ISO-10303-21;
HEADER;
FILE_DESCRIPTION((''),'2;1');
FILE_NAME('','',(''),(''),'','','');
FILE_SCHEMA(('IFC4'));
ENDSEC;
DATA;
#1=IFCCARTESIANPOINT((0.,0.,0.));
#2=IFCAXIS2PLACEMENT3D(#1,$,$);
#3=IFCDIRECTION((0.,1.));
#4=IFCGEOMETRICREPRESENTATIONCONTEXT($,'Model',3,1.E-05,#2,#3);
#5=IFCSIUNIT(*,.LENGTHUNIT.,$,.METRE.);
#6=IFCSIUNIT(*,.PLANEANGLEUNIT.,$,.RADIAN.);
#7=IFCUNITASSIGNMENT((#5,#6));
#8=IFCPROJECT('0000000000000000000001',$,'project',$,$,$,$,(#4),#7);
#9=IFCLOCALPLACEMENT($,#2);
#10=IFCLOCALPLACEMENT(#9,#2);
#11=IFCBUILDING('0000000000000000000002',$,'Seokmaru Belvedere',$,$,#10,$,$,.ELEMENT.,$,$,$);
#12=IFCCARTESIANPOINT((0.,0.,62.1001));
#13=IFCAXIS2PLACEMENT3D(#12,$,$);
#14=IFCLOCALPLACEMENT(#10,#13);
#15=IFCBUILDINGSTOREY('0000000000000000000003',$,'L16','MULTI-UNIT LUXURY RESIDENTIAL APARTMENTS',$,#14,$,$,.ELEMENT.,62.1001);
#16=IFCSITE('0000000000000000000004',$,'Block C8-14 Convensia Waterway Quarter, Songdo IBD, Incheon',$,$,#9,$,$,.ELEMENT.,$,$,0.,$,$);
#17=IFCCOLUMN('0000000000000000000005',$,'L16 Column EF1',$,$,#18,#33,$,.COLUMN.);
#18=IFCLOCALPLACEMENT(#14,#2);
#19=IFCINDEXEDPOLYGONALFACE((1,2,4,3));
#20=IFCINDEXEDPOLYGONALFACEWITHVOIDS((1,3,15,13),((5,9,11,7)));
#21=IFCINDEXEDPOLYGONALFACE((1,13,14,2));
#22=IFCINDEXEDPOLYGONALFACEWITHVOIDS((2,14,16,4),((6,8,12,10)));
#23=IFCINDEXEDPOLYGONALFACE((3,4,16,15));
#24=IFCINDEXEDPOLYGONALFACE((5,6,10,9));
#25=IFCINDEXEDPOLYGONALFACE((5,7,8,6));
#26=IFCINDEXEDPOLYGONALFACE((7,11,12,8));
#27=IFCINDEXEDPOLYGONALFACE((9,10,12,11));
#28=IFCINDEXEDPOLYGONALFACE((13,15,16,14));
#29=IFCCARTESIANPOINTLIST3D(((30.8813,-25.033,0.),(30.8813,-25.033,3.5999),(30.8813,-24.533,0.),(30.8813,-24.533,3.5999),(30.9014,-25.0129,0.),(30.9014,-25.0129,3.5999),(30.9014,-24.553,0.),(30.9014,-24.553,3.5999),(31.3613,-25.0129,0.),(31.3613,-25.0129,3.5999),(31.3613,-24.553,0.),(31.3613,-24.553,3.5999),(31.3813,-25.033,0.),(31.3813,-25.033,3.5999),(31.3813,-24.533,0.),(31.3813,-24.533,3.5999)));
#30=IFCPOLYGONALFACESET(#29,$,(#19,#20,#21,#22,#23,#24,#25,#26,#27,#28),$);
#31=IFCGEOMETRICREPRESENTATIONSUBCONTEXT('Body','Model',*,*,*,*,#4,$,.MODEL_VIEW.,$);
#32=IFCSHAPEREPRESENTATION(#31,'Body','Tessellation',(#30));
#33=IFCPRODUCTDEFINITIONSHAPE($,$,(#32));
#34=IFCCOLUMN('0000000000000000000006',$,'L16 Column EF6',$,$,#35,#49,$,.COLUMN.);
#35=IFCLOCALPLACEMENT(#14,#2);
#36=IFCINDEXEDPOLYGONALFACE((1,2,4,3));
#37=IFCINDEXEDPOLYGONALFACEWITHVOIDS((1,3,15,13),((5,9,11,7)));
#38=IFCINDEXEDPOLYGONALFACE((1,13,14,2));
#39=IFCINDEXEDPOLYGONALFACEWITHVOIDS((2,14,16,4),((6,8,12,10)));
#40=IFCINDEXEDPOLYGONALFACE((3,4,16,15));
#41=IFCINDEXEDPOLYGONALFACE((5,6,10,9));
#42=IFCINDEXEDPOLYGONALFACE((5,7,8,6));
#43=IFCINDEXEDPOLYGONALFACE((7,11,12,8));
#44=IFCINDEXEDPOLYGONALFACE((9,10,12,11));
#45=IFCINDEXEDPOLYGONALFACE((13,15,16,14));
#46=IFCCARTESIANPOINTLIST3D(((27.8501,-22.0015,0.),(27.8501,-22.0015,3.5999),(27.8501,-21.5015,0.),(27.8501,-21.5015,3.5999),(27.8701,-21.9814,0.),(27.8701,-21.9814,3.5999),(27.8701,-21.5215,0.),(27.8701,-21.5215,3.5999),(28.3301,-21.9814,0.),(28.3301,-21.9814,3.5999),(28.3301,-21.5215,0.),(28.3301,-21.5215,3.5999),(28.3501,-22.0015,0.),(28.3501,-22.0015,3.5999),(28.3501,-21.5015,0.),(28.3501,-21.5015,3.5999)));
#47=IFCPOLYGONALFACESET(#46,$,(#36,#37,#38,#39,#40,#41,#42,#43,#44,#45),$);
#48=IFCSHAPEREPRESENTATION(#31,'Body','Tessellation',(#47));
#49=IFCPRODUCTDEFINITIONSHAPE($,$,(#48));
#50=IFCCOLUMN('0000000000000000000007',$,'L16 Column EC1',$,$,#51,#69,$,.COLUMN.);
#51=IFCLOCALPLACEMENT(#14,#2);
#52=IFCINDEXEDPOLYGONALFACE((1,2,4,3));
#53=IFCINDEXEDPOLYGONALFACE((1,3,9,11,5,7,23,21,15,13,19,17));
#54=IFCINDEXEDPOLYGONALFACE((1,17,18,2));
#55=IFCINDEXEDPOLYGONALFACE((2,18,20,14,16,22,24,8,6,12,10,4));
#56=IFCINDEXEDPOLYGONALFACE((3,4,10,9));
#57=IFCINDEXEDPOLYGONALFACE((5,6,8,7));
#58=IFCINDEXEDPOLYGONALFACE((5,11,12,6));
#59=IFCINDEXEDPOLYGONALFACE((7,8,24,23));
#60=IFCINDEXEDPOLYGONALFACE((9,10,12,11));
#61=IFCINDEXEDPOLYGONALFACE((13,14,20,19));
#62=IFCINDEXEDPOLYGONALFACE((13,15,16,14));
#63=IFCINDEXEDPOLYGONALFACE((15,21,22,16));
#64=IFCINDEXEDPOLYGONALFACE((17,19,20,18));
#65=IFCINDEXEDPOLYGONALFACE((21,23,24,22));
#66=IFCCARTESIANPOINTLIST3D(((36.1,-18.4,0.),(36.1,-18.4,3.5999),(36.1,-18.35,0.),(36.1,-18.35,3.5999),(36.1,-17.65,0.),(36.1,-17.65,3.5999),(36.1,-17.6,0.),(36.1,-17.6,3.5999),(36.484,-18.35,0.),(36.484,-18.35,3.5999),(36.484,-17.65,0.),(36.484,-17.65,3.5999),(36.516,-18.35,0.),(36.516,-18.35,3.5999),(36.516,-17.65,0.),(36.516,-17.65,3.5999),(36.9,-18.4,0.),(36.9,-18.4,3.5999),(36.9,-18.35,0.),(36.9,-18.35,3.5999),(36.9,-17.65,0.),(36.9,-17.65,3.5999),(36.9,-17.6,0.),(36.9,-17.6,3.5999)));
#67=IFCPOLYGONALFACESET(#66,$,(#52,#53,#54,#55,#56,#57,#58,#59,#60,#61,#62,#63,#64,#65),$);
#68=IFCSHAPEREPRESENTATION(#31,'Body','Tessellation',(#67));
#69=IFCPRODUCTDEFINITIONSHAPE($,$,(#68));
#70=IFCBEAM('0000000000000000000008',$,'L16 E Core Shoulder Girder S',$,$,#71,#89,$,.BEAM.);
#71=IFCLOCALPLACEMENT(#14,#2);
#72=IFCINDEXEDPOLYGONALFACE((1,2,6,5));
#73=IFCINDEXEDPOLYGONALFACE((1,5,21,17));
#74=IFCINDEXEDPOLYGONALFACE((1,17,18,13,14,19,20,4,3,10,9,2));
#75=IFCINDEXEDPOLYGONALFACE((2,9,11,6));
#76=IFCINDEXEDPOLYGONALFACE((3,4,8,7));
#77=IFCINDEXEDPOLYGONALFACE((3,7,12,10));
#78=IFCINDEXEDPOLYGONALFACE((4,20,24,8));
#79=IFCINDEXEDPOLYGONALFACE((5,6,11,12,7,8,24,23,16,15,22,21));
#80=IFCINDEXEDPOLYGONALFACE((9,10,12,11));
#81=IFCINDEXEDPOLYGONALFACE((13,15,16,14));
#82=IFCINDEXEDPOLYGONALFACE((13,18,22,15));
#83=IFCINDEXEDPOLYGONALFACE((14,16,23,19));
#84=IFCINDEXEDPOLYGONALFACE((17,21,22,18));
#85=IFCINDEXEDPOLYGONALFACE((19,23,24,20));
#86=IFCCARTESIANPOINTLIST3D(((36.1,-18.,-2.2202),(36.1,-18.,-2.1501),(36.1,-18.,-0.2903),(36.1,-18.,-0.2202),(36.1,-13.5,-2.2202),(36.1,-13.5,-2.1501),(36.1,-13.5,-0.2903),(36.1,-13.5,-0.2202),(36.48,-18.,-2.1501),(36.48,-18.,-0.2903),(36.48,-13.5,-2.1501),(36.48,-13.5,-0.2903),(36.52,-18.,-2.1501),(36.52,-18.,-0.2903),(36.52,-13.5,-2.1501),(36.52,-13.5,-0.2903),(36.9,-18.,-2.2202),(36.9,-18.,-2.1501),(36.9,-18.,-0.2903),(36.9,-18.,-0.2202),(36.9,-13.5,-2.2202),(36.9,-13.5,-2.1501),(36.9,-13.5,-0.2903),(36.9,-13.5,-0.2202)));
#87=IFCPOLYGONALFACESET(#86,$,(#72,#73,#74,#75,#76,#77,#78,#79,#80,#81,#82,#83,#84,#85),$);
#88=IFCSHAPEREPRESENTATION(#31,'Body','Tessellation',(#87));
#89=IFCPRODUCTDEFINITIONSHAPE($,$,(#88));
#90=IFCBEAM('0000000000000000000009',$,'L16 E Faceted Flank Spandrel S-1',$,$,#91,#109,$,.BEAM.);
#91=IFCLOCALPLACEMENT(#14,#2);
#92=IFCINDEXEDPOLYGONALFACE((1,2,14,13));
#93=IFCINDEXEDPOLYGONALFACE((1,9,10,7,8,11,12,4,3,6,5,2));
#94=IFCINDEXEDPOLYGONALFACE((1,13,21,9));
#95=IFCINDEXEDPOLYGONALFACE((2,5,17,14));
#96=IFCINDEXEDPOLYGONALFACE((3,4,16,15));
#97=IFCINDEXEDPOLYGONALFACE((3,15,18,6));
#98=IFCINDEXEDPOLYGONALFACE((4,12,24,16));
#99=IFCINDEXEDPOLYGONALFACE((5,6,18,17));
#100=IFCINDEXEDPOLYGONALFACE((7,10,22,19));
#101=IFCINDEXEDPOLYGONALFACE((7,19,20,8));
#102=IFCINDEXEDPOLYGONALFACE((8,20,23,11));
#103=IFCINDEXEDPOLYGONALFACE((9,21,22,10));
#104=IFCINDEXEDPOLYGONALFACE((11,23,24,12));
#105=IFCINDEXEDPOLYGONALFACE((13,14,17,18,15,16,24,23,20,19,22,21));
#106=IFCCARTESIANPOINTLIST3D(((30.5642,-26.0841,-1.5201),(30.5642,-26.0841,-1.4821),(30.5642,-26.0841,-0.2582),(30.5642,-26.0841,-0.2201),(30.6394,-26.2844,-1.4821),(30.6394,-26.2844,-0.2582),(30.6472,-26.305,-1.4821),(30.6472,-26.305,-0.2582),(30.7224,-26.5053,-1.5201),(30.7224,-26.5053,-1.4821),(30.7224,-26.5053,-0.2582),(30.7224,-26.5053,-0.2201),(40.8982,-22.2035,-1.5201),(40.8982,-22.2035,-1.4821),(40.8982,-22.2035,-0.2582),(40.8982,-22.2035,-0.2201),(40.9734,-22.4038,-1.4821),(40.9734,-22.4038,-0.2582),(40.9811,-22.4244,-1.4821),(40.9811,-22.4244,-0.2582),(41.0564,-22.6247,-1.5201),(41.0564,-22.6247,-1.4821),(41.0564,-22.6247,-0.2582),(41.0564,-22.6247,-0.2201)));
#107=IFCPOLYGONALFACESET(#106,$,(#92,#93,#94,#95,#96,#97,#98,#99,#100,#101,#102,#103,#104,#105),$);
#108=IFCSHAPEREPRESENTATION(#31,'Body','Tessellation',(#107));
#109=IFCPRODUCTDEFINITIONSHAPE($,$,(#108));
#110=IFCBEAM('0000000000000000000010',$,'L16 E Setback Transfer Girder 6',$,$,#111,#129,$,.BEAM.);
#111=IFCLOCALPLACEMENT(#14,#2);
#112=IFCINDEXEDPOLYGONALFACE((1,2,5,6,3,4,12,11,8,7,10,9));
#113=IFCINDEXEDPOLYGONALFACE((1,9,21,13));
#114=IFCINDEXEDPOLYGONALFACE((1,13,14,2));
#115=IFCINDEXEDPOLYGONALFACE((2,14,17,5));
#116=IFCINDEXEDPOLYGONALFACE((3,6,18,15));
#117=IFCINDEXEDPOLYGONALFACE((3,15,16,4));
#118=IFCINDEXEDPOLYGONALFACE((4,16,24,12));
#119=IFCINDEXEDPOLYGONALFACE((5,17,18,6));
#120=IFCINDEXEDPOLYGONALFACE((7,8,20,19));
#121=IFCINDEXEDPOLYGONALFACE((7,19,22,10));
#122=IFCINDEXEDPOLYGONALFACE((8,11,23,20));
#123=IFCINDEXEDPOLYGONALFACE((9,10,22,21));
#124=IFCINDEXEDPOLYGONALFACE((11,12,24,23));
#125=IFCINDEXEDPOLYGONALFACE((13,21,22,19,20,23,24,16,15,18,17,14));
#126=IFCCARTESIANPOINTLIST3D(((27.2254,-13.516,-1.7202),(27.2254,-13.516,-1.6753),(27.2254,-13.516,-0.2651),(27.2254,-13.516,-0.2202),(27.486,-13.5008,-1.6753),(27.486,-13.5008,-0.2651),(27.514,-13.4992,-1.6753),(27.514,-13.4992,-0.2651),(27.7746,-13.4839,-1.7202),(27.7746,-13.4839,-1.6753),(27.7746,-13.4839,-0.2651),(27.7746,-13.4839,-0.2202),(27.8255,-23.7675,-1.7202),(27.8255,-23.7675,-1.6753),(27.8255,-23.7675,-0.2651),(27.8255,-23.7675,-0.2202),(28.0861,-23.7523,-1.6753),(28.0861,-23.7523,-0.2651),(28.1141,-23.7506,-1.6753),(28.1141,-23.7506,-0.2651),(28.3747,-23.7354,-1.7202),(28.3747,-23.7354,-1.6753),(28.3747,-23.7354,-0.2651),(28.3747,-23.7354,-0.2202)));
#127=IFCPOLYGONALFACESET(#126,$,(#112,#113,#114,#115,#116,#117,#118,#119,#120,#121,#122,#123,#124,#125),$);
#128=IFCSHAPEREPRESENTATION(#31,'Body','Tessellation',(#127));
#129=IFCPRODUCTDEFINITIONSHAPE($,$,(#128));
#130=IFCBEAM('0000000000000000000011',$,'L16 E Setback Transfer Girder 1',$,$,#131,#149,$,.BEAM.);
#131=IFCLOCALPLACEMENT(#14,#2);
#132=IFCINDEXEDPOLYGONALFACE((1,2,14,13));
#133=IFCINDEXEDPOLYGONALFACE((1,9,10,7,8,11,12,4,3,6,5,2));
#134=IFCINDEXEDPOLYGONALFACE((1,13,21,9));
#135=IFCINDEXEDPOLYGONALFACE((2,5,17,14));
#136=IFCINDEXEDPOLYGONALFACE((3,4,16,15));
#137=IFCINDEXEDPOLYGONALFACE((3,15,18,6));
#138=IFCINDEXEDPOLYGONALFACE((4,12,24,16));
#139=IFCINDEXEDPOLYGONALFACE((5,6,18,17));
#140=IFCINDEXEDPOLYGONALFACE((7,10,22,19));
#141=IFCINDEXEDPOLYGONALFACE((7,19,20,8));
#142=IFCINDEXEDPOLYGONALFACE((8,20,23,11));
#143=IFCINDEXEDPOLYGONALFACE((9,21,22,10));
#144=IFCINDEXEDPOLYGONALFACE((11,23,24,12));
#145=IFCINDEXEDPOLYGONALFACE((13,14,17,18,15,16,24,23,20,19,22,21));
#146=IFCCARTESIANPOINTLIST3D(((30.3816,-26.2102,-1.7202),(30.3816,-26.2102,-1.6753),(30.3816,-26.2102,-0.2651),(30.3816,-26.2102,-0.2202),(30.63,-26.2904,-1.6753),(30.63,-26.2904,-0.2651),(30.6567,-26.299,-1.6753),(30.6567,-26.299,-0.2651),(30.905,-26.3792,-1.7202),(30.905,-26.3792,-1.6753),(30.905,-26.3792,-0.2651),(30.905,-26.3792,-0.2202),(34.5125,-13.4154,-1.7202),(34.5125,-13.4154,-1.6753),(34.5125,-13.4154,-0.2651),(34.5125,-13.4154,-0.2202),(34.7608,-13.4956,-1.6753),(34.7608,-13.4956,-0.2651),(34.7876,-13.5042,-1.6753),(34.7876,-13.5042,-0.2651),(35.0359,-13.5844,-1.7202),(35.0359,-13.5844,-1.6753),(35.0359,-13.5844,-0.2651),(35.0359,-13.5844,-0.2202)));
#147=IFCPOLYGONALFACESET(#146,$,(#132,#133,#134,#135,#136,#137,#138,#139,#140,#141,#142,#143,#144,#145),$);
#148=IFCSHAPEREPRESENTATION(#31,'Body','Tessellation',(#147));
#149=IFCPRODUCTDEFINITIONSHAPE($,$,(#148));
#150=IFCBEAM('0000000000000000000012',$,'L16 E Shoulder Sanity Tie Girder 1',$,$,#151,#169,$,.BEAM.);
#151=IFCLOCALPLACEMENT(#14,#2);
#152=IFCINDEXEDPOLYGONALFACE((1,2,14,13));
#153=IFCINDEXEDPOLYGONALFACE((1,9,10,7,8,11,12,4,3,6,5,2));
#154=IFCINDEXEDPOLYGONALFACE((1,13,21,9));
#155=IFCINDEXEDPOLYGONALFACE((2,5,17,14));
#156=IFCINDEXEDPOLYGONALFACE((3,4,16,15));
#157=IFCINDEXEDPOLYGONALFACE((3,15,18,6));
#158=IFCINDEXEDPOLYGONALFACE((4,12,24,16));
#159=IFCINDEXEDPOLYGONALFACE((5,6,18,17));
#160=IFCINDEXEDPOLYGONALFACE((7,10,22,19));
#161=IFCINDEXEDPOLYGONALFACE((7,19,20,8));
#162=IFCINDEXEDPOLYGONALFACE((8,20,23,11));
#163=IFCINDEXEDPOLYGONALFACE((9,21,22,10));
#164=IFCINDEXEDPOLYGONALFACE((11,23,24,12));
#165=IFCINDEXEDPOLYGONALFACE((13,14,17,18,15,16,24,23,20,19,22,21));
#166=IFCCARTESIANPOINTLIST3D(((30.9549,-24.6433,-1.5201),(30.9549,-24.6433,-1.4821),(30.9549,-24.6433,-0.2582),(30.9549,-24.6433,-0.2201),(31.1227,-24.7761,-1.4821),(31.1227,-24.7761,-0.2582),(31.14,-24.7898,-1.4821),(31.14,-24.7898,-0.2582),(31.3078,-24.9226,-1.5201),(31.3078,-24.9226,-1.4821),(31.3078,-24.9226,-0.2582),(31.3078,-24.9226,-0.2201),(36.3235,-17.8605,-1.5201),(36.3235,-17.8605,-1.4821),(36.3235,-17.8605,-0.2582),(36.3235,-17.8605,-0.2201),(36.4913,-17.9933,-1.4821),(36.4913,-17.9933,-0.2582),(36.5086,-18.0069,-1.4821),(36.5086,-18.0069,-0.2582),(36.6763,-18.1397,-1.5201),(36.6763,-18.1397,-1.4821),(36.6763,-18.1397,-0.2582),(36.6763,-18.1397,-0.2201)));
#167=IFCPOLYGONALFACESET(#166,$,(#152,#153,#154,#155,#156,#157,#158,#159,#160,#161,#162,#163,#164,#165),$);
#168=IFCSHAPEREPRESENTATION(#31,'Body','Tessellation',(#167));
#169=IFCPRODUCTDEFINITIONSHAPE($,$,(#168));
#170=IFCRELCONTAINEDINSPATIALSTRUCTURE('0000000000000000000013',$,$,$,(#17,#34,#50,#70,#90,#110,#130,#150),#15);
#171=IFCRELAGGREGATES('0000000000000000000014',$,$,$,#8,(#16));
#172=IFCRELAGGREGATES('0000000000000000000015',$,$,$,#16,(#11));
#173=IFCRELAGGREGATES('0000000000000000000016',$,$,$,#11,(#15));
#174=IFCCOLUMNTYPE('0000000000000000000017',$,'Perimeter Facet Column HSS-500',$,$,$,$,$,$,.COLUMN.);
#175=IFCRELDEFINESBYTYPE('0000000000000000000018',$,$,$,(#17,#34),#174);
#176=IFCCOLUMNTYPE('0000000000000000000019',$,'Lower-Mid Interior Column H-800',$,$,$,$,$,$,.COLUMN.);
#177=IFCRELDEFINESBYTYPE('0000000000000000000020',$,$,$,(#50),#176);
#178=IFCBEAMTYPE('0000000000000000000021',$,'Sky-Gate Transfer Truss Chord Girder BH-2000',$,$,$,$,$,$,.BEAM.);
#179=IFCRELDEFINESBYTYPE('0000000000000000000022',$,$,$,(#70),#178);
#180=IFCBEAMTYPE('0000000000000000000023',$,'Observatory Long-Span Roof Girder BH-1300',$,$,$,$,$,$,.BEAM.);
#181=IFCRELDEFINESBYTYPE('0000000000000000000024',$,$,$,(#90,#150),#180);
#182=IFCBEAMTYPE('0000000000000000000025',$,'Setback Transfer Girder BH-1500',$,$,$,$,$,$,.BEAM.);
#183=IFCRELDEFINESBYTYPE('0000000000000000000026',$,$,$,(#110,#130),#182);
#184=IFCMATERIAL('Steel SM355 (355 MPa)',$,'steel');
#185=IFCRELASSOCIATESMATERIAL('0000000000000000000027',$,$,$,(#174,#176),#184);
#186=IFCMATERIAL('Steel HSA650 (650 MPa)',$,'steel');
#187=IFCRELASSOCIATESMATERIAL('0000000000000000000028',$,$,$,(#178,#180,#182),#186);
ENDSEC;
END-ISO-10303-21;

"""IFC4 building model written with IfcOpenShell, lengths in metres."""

from ifc_helpers import new_model, si_unit, direction, frame, origin, origin_2d, place, context, subcontext, project, spatial, hollow_rectangle, i_section, extrude, source, transform, mapped, material, material_profile, profile_set, type_object, type_shapes, element, save


model = new_model("IFC4")

# Units and contexts
model_context = context("Model", 3, precision=1e-05, world=origin(), true_north=direction((0.0, 1.0)))
body_context = subcontext(model_context, "Body", "Model", "MODEL_VIEW")
ifc_project = project(units=[si_unit("LENGTHUNIT", "METRE"), si_unit("PLANEANGLEUNIT", "RADIAN")], contexts=[model_context])

# Site, building, storey
site_placement = place(None, origin())
site = spatial("IfcSite", under=ifc_project, at=site_placement, Name="Block C8-14 Convensia Waterway Quarter, Songdo IBD, Incheon", CompositionType="ELEMENT", RefElevation=0.0)
building_placement = place(site_placement, origin())
building = spatial("IfcBuilding", under=site, at=building_placement, Name="Seokmaru Belvedere", CompositionType="ELEMENT")
storey_placement = place(building_placement, frame((0.0, 0.0, 62.1001)))
storey = spatial("IfcBuildingStorey", under=building, at=storey_placement, Name="L16", Description="MULTI-UNIT LUXURY RESIDENTIAL APARTMENTS", CompositionType="ELEMENT", Elevation=62.1001)

# Columns
ifc_material_1 = material(Name="Steel SM355 (355 MPa)", Category="steel")
ifc_material_profile_1 = material_profile(ifc_material_1, hollow_rectangle(XDim=0.5, YDim=0.5, WallThickness=0.02, at=origin_2d()), Name="HSS-500x500x20")
ifc_profile_set_1 = profile_set([ifc_material_profile_1], Name="Steel SM355 (355 MPa)")
column_type_1 = type_object("IfcColumnType", Name="Perimeter Facet Column HSS-500", PredefinedType="COLUMN", material=ifc_profile_set_1)
shared_shape_1 = source(origin(), body_context, "Body", "SweptSolid", [
    extrude(hollow_rectangle(XDim=0.5, YDim=0.5, WallThickness=0.02, at=origin_2d()), origin(), (0.0, 0.0, 1.0), 3.5999),
])
type_shapes(column_type_1, [shared_shape_1])
for number, where, z_axis, x_axis, name in (
    (1, (31.1313, -24.783, 0.0), (0.0, 0.0, 1.0), (1.0, 0.0, 0.0), "L16 Column EF1"),
    (2, (28.1001, -21.7515, 0.0), (0.0, 0.0, 1.0), (1.0, 0.0, 0.0), "L16 Column EF6"),
):
    element("IfcColumn", number, at=place(storey_placement, frame(where, z_axis=z_axis, x_axis=x_axis)), inside=storey, type_object=column_type_1, Name=name, PredefinedType="COLUMN", context=body_context, shape_type="MappedRepresentation", body=[
        mapped(shared_shape_1, transform((0.0, 0.0, 0.0), scale=1.0)),
    ])
ifc_material_profile_2 = material_profile(ifc_material_1, i_section(OverallWidth=0.8, OverallDepth=0.8, WebThickness=0.032, FlangeThickness=0.05, at=origin_2d()), Name="H-800x800x32x50")
ifc_profile_set_2 = profile_set([ifc_material_profile_2], Name="Steel SM355 (355 MPa)")
column_type_2 = type_object("IfcColumnType", Name="Lower-Mid Interior Column H-800", PredefinedType="COLUMN", material=ifc_profile_set_2)
shared_shape_2 = source(origin(), body_context, "Body", "SweptSolid", [
    extrude(i_section(OverallWidth=0.8, OverallDepth=0.8, WebThickness=0.032, FlangeThickness=0.05, at=origin_2d()), origin(), (0.0, 0.0, 1.0), 3.5999),
])
type_shapes(column_type_2, [shared_shape_2])
column_placement = place(storey_placement, frame((36.5, -18.0, 0.0), z_axis=(0.0, 0.0, 1.0), x_axis=(1.0, 0.0, 0.0)))
element("IfcColumn", 3, at=column_placement, inside=storey, type_object=column_type_2, Name="L16 Column EC1", PredefinedType="COLUMN", context=body_context, shape_type="MappedRepresentation", body=[
    mapped(shared_shape_2, transform((0.0, 0.0, 0.0), scale=1.0)),
])

# Beams
ifc_material_2 = material(Name="Steel HSA650 (650 MPa)", Category="steel")
ifc_material_profile_3 = material_profile(ifc_material_2, i_section(OverallWidth=0.8, OverallDepth=2.0, WebThickness=0.04, FlangeThickness=0.0701, at=origin_2d()), Name="BH-2000x800x40x70")
ifc_profile_set_3 = profile_set([ifc_material_profile_3], Name="Steel HSA650 (650 MPa)")
beam_type_1 = type_object("IfcBeamType", Name="Sky-Gate Transfer Truss Chord Girder BH-2000", PredefinedType="BEAM", material=ifc_profile_set_3)
shared_shape_3 = source(origin(), body_context, "Body", "SweptSolid", [
    extrude(i_section(OverallWidth=0.8, OverallDepth=2.0, WebThickness=0.04, FlangeThickness=0.0701, at=origin_2d()), origin(), (0.0, 0.0, 1.0), 4.5),
])
type_shapes(beam_type_1, [shared_shape_3])
beam_1_placement = place(storey_placement, frame((36.5, -18.0, -1.2202), z_axis=(0.0, 1.0, 0.0), x_axis=(-1.0, 0.0, 0.0)))
element("IfcBeam", 4, at=beam_1_placement, inside=storey, type_object=beam_type_1, Name="L16 E Core Shoulder Girder S", PredefinedType="BEAM", context=body_context, shape_type="MappedRepresentation", body=[
    mapped(shared_shape_3, transform((0.0, 0.0, 0.0), scale=1.0)),
])
ifc_material_profile_4 = material_profile(ifc_material_2, i_section(OverallWidth=0.45, OverallDepth=1.3, WebThickness=0.022, FlangeThickness=0.0381, at=origin_2d()), Name="BH-1300x450x22x38")
ifc_profile_set_4 = profile_set([ifc_material_profile_4], Name="Steel HSA650 (650 MPa)")
beam_type_2 = type_object("IfcBeamType", Name="Observatory Long-Span Roof Girder BH-1300", PredefinedType="BEAM", material=ifc_profile_set_4)
shared_shape_4 = source(origin(), body_context, "Body", "SweptSolid", [
    extrude(i_section(OverallWidth=0.45, OverallDepth=1.3, WebThickness=0.022, FlangeThickness=0.0381, at=origin_2d()), origin(), (0.0, 0.0, 1.0), 11.0386),
])
beam_2_placement = place(storey_placement, frame((30.6433, -26.2947, -0.8701), z_axis=(0.936169, 0.35155, 0.0), x_axis=(-0.35155, 0.936169, 0.0)))
element("IfcBeam", 5, at=beam_2_placement, inside=storey, type_object=beam_type_2, Name="L16 E Faceted Flank Spandrel S-1", PredefinedType="BEAM", context=body_context, shape_type="MappedRepresentation", body=[
    mapped(shared_shape_4, transform((0.0, 0.0, 0.0), scale=1.0)),
])
ifc_material_profile_5 = material_profile(ifc_material_2, i_section(OverallWidth=0.55, OverallDepth=1.5, WebThickness=0.0281, FlangeThickness=0.0449, at=origin_2d()), Name="BH-1500x550x28x45")
ifc_profile_set_5 = profile_set([ifc_material_profile_5], Name="Steel HSA650 (650 MPa)")
beam_type_3 = type_object("IfcBeamType", Name="Setback Transfer Girder BH-1500", PredefinedType="BEAM", material=ifc_profile_set_5)
shared_shape_5 = source(origin(), body_context, "Body", "SweptSolid", [
    extrude(i_section(OverallWidth=0.55, OverallDepth=1.5, WebThickness=0.0281, FlangeThickness=0.0449, at=origin_2d()), origin(), (0.0, 0.0, 1.0), 10.269),
])
beam_3_placement = place(storey_placement, frame((28.1001, -23.7515, -0.9702), z_axis=(-0.058438, 0.998291, 0.0), x_axis=(-0.998291, -0.058438, 0.0)))
element("IfcBeam", 6, at=beam_3_placement, inside=storey, type_object=beam_type_3, Name="L16 E Setback Transfer Girder 6", PredefinedType="BEAM", context=body_context, shape_type="MappedRepresentation", body=[
    mapped(shared_shape_5, transform((0.0, 0.0, 0.0), scale=1.0)),
])
shared_shape_6 = source(origin(), body_context, "Body", "SweptSolid", [
    extrude(i_section(OverallWidth=0.55, OverallDepth=1.5, WebThickness=0.0281, FlangeThickness=0.0449, at=origin_2d()), origin(), (0.0, 0.0, 1.0), 13.4451),
])
type_shapes(beam_type_3, [shared_shape_5, shared_shape_6])
beam_4_placement = place(storey_placement, frame((30.6433, -26.2947, -0.9702), z_axis=(0.307242, 0.951632, 0.0), x_axis=(-0.951632, 0.307242, 0.0)))
element("IfcBeam", 7, at=beam_4_placement, inside=storey, type_object=beam_type_3, Name="L16 E Setback Transfer Girder 1", PredefinedType="BEAM", context=body_context, shape_type="MappedRepresentation", body=[
    mapped(shared_shape_6, transform((0.0, 0.0, 0.0), scale=1.0)),
])
shared_shape_7 = source(origin(), body_context, "Body", "SweptSolid", [
    extrude(i_section(OverallWidth=0.45, OverallDepth=1.3, WebThickness=0.022, FlangeThickness=0.0381, at=origin_2d()), origin(), (0.0, 0.0, 1.0), 8.6504),
])
type_shapes(beam_type_2, [shared_shape_4, shared_shape_7])
beam_5_placement = place(storey_placement, frame((31.1313, -24.783, -0.8701), z_axis=(0.620618, 0.784113, 0.0), x_axis=(-0.784113, 0.620618, 0.0)))
element("IfcBeam", 8, at=beam_5_placement, inside=storey, type_object=beam_type_2, Name="L16 E Shoulder Sanity Tie Girder 1", PredefinedType="BEAM", context=body_context, shape_type="MappedRepresentation", body=[
    mapped(shared_shape_7, transform((0.0, 0.0, 0.0), scale=1.0)),
])

save(model, "model.ifc")
